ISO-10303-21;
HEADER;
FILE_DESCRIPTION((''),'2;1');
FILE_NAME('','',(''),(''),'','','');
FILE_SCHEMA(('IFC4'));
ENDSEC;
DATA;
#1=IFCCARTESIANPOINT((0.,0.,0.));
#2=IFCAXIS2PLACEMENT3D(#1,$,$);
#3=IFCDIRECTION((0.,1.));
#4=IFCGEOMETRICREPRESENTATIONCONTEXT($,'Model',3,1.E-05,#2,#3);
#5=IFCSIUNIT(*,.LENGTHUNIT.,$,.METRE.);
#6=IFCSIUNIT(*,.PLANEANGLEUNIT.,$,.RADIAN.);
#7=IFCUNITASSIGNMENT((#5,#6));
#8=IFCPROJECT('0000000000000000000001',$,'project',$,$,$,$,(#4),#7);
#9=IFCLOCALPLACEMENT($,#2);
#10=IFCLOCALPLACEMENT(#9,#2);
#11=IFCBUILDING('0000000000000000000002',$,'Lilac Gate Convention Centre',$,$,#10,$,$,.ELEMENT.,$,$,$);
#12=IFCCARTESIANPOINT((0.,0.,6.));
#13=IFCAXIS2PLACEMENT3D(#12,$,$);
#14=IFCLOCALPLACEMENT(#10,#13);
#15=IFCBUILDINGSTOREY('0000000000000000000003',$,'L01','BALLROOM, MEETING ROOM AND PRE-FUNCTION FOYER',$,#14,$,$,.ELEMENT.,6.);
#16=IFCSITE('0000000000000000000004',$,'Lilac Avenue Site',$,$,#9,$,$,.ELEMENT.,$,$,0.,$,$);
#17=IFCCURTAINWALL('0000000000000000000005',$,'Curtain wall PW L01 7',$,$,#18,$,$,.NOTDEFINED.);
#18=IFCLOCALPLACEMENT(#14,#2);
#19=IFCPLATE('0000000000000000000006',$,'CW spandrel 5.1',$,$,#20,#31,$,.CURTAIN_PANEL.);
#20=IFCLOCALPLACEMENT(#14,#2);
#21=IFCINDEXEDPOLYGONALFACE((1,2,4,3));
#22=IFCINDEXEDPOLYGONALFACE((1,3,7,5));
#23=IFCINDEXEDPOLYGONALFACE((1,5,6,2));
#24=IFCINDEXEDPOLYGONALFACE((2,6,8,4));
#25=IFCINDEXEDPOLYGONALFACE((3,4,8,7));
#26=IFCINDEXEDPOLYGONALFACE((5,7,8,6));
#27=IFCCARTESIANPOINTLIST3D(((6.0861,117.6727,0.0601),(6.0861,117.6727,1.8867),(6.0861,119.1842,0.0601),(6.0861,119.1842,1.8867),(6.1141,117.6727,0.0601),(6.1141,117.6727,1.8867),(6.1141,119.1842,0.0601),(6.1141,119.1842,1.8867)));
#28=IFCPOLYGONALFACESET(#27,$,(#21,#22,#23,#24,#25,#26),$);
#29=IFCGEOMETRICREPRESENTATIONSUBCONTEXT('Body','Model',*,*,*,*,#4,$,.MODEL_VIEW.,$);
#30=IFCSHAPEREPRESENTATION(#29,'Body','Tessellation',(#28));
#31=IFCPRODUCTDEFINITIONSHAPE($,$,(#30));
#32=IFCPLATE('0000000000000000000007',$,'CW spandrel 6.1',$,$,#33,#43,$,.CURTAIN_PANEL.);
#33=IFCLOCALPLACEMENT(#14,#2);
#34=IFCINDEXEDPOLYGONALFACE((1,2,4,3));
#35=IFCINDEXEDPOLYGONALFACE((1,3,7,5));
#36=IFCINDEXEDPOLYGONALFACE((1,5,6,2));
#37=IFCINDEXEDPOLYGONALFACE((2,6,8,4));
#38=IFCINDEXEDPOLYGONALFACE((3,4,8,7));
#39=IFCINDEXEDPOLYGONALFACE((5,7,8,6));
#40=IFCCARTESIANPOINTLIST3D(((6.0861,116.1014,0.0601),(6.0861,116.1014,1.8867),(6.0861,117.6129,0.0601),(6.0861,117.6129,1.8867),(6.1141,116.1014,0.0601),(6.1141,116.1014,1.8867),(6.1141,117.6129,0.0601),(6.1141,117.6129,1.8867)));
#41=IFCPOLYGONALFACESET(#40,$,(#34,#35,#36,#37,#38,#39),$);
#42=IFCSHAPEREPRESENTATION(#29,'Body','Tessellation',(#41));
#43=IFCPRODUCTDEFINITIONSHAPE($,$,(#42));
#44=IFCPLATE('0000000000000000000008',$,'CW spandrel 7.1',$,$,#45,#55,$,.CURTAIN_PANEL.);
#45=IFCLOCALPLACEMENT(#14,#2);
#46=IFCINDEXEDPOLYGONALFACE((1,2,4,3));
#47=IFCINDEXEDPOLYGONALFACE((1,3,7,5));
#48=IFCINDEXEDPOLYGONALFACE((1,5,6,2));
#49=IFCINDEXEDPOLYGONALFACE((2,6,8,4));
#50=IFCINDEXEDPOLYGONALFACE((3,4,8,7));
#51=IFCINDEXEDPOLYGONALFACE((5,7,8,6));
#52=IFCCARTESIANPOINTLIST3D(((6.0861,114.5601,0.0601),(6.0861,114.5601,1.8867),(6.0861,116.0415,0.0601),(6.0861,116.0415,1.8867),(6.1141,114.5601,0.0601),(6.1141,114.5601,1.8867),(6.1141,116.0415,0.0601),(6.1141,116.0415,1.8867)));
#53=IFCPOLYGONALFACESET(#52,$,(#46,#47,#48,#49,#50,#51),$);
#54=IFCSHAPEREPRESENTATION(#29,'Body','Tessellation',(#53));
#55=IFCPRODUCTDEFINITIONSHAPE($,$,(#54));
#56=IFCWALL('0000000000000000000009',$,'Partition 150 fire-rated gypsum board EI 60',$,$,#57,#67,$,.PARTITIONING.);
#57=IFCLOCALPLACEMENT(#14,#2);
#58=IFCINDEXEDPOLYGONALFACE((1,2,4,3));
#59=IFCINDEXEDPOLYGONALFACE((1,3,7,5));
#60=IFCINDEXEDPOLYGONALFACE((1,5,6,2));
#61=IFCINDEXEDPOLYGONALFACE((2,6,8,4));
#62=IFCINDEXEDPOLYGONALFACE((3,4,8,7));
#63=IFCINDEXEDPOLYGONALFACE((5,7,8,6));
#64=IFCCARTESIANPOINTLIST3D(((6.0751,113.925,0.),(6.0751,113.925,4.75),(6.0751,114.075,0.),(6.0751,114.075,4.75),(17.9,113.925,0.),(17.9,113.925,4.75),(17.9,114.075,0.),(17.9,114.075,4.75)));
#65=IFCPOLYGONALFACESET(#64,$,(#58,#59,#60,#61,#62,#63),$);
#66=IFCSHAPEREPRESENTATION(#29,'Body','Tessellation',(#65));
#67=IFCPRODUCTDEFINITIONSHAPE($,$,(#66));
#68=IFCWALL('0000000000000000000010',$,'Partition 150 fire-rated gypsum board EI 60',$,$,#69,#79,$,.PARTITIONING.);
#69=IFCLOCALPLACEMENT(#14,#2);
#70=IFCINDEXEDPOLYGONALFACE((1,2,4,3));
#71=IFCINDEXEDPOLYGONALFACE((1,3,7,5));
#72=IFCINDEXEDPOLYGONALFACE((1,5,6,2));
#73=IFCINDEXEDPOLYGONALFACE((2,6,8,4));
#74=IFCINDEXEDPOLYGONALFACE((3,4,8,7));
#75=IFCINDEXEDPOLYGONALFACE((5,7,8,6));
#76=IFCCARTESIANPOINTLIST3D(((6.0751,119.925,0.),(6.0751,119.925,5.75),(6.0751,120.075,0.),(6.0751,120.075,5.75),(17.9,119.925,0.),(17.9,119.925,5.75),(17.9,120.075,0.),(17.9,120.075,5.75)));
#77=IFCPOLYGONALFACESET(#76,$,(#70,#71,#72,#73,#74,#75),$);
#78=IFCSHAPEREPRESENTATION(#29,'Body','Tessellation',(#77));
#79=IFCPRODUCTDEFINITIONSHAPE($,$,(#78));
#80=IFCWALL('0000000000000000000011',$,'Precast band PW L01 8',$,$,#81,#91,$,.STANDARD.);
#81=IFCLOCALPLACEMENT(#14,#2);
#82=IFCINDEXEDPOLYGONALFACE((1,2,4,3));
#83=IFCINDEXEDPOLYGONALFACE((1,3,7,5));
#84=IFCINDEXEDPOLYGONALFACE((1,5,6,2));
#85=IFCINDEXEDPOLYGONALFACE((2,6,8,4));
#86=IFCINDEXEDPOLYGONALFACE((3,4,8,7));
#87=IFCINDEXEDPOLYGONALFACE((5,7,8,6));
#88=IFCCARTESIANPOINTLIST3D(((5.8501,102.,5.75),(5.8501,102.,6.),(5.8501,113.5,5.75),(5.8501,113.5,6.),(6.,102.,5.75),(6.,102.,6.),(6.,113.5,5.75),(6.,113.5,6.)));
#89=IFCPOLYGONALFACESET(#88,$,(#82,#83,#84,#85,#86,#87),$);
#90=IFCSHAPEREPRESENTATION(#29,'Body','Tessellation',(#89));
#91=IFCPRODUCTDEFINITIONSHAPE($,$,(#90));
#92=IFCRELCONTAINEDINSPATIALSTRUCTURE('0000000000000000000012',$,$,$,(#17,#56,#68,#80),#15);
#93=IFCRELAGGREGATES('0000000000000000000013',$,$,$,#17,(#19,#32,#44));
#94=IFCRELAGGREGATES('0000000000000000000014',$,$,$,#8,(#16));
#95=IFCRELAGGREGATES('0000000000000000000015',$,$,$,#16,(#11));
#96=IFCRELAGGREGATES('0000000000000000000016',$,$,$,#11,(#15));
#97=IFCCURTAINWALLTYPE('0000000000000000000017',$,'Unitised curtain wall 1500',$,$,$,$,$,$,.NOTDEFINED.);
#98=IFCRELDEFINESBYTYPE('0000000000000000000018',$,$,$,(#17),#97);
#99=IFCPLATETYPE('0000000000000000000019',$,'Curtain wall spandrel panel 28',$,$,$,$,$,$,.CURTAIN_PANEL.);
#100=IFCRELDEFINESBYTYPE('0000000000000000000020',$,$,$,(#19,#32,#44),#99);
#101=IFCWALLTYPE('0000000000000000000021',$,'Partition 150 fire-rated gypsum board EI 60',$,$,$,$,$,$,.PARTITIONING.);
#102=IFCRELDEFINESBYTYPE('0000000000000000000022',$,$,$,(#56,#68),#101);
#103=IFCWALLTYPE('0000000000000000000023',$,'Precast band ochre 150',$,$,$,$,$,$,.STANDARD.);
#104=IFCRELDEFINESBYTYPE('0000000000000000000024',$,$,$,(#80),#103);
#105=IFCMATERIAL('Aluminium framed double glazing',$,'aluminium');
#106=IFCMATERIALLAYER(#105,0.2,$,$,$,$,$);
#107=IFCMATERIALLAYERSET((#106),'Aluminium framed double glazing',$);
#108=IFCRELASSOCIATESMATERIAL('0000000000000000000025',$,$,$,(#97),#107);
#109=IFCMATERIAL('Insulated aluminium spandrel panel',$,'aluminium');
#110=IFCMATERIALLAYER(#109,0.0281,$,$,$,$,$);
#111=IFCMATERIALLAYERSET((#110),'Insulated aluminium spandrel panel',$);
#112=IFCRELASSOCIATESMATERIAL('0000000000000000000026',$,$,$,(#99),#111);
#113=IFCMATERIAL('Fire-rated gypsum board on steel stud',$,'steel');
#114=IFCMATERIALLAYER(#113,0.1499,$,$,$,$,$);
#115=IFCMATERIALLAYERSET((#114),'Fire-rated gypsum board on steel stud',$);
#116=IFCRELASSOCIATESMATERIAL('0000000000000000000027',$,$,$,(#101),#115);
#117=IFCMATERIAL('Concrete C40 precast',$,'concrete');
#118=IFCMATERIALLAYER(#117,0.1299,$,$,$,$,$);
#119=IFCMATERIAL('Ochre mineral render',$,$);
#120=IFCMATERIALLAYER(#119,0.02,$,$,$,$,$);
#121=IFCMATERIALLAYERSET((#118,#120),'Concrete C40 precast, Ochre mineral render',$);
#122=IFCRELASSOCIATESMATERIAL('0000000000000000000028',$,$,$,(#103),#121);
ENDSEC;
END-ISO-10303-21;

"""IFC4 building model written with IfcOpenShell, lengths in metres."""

from ifc_helpers import new_model, si_unit, direction, frame, frame_2d, origin, origin_2d, place, context, subcontext, project, spatial, rectangle, extrude, material, layer, layer_set, type_object, element, aggregate, save


model = new_model("IFC4")

# Units and contexts
model_context = context("Model", 3, precision=1e-05, world=origin(), true_north=direction((0.0, 1.0)))
body_context = subcontext(model_context, "Body", "Model", "MODEL_VIEW")
ifc_project = project(units=[si_unit("LENGTHUNIT", "METRE"), si_unit("PLANEANGLEUNIT", "RADIAN")], contexts=[model_context])

# Site, building, storey
site_placement = place(None, origin())
site = spatial("IfcSite", under=ifc_project, at=site_placement, Name="Lilac Avenue Site", CompositionType="ELEMENT", RefElevation=0.0)
building_placement = place(site_placement, origin())
building = spatial("IfcBuilding", under=site, at=building_placement, Name="Lilac Gate Convention Centre", CompositionType="ELEMENT")
storey_placement = place(building_placement, frame((0.0, 0.0, 6.0)))
storey = spatial("IfcBuildingStorey", under=building, at=storey_placement, Name="L01", Description="BALLROOM, MEETING ROOM AND PRE-FUNCTION FOYER", CompositionType="ELEMENT", Elevation=6.0)

# Curtain wall
ifc_material_1 = material(Name="Aluminium framed double glazing", Category="aluminium")
ifc_layer_1 = layer(ifc_material_1, 0.2)
ifc_layer_set_1 = layer_set([ifc_layer_1], Name="Aluminium framed double glazing")
curtain_wall_type = type_object("IfcCurtainWallType", Name="Unitised curtain wall 1500", PredefinedType="NOTDEFINED", material=ifc_layer_set_1)
curtain_wall_1_placement = place(storey_placement, origin())
curtain_wall_1 = element("IfcCurtainWall", 1, at=curtain_wall_1_placement, inside=storey, type_object=curtain_wall_type, Name="Curtain wall PW L01 7", PredefinedType="NOTDEFINED")

# Plates
ifc_material_2 = material(Name="Insulated aluminium spandrel panel", Category="aluminium")
ifc_layer_2 = layer(ifc_material_2, 0.0281)
ifc_layer_set_2 = layer_set([ifc_layer_2], Name="Insulated aluminium spandrel panel")
plate_type_1 = type_object("IfcPlateType", Name="Curtain wall spandrel panel 28", PredefinedType="CURTAIN_PANEL", material=ifc_layer_set_2)
plate_1_placement = place(storey_placement, frame((6.1001, 118.4285, 0.0601), z_axis=(0.0, 0.0, 1.0), x_axis=(0.0, -1.0, 0.0)))
plate_1 = element("IfcPlate", 2, at=plate_1_placement, type_object=plate_type_1, Name="CW spandrel 5.1", PredefinedType="CURTAIN_PANEL", context=body_context, shape_type="SweptSolid", body=[
    extrude(rectangle(XDim=1.5115, YDim=0.0281, at=origin_2d()), origin(), (0.0, 0.0, 1.0), 1.8267),
])
plate_2_placement = place(storey_placement, frame((6.1001, 116.8572, 0.0601), z_axis=(0.0, 0.0, 1.0), x_axis=(0.0, -1.0, 0.0)))
plate_2 = element("IfcPlate", 3, at=plate_2_placement, type_object=plate_type_1, Name="CW spandrel 6.1", PredefinedType="CURTAIN_PANEL", context=body_context, shape_type="SweptSolid", body=[
    extrude(rectangle(XDim=1.5115, YDim=0.0281, at=origin_2d()), origin(), (0.0, 0.0, 1.0), 1.8267),
])
plate_3_placement = place(storey_placement, frame((6.1001, 115.3008, 0.0601), z_axis=(0.0, 0.0, 1.0), x_axis=(0.0, -1.0, 0.0)))
plate_3 = element("IfcPlate", 4, at=plate_3_placement, type_object=plate_type_1, Name="CW spandrel 7.1", PredefinedType="CURTAIN_PANEL", context=body_context, shape_type="SweptSolid", body=[
    extrude(rectangle(XDim=1.4814, YDim=0.0281, at=origin_2d()), origin(), (0.0, 0.0, 1.0), 1.8267),
])
aggregate(curtain_wall_1, [plate_1, plate_2, plate_3])

# Walls
ifc_material_3 = material(Name="Fire-rated gypsum board on steel stud", Category="steel")
ifc_layer_3 = layer(ifc_material_3, 0.1499)
ifc_layer_set_3 = layer_set([ifc_layer_3], Name="Fire-rated gypsum board on steel stud")
wall_type_1 = type_object("IfcWallType", Name="Partition 150 fire-rated gypsum board EI 60", PredefinedType="PARTITIONING", material=ifc_layer_set_3)
wall_1_placement = place(storey_placement, frame((6.075, 114.0, 0.0), z_axis=(0.0, 0.0, 1.0), x_axis=(1.0, 0.0, 0.0)))
element("IfcWall", 5, at=wall_1_placement, inside=storey, type_object=wall_type_1, Name="Partition 150 fire-rated gypsum board EI 60", PredefinedType="PARTITIONING", context=body_context, shape_type="SweptSolid", body=[
    extrude(rectangle(XDim=11.825, YDim=0.1499, at=frame_2d((5.9126, 0.0))), origin(), (0.0, 0.0, 1.0), 4.75),
])
wall_2_placement = place(storey_placement, frame((6.075, 120.0, 0.0), z_axis=(0.0, 0.0, 1.0), x_axis=(1.0, 0.0, 0.0)))
element("IfcWall", 6, at=wall_2_placement, inside=storey, type_object=wall_type_1, Name="Partition 150 fire-rated gypsum board EI 60", PredefinedType="PARTITIONING", context=body_context, shape_type="SweptSolid", body=[
    extrude(rectangle(XDim=11.825, YDim=0.1499, at=frame_2d((5.9126, 0.0))), origin(), (0.0, 0.0, 1.0), 5.75),
])
ifc_material_4 = material(Name="Concrete C40 precast", Category="concrete")
ifc_layer_4 = layer(ifc_material_4, 0.1299)
ifc_material_5 = material(Name="Ochre mineral render")
ifc_layer_5 = layer(ifc_material_5, 0.02)
ifc_layer_set_4 = layer_set([ifc_layer_4, ifc_layer_5], Name="Concrete C40 precast, Ochre mineral render")
wall_type_2 = type_object("IfcWallType", Name="Precast band ochre 150", PredefinedType="STANDARD", material=ifc_layer_set_4)
wall_3_placement = place(storey_placement, frame((5.925, 113.5, 5.75), z_axis=(0.0, 0.0, 1.0), x_axis=(0.0, -1.0, 0.0)))
element("IfcWall", 7, at=wall_3_placement, inside=storey, type_object=wall_type_2, Name="Precast band PW L01 8", PredefinedType="STANDARD", context=body_context, shape_type="SweptSolid", body=[
    extrude(rectangle(XDim=11.5, YDim=0.1499, at=frame_2d((5.75, 0.0))), origin(), (0.0, 0.0, 1.0), 0.25),
])

save(model, "model.ifc")
